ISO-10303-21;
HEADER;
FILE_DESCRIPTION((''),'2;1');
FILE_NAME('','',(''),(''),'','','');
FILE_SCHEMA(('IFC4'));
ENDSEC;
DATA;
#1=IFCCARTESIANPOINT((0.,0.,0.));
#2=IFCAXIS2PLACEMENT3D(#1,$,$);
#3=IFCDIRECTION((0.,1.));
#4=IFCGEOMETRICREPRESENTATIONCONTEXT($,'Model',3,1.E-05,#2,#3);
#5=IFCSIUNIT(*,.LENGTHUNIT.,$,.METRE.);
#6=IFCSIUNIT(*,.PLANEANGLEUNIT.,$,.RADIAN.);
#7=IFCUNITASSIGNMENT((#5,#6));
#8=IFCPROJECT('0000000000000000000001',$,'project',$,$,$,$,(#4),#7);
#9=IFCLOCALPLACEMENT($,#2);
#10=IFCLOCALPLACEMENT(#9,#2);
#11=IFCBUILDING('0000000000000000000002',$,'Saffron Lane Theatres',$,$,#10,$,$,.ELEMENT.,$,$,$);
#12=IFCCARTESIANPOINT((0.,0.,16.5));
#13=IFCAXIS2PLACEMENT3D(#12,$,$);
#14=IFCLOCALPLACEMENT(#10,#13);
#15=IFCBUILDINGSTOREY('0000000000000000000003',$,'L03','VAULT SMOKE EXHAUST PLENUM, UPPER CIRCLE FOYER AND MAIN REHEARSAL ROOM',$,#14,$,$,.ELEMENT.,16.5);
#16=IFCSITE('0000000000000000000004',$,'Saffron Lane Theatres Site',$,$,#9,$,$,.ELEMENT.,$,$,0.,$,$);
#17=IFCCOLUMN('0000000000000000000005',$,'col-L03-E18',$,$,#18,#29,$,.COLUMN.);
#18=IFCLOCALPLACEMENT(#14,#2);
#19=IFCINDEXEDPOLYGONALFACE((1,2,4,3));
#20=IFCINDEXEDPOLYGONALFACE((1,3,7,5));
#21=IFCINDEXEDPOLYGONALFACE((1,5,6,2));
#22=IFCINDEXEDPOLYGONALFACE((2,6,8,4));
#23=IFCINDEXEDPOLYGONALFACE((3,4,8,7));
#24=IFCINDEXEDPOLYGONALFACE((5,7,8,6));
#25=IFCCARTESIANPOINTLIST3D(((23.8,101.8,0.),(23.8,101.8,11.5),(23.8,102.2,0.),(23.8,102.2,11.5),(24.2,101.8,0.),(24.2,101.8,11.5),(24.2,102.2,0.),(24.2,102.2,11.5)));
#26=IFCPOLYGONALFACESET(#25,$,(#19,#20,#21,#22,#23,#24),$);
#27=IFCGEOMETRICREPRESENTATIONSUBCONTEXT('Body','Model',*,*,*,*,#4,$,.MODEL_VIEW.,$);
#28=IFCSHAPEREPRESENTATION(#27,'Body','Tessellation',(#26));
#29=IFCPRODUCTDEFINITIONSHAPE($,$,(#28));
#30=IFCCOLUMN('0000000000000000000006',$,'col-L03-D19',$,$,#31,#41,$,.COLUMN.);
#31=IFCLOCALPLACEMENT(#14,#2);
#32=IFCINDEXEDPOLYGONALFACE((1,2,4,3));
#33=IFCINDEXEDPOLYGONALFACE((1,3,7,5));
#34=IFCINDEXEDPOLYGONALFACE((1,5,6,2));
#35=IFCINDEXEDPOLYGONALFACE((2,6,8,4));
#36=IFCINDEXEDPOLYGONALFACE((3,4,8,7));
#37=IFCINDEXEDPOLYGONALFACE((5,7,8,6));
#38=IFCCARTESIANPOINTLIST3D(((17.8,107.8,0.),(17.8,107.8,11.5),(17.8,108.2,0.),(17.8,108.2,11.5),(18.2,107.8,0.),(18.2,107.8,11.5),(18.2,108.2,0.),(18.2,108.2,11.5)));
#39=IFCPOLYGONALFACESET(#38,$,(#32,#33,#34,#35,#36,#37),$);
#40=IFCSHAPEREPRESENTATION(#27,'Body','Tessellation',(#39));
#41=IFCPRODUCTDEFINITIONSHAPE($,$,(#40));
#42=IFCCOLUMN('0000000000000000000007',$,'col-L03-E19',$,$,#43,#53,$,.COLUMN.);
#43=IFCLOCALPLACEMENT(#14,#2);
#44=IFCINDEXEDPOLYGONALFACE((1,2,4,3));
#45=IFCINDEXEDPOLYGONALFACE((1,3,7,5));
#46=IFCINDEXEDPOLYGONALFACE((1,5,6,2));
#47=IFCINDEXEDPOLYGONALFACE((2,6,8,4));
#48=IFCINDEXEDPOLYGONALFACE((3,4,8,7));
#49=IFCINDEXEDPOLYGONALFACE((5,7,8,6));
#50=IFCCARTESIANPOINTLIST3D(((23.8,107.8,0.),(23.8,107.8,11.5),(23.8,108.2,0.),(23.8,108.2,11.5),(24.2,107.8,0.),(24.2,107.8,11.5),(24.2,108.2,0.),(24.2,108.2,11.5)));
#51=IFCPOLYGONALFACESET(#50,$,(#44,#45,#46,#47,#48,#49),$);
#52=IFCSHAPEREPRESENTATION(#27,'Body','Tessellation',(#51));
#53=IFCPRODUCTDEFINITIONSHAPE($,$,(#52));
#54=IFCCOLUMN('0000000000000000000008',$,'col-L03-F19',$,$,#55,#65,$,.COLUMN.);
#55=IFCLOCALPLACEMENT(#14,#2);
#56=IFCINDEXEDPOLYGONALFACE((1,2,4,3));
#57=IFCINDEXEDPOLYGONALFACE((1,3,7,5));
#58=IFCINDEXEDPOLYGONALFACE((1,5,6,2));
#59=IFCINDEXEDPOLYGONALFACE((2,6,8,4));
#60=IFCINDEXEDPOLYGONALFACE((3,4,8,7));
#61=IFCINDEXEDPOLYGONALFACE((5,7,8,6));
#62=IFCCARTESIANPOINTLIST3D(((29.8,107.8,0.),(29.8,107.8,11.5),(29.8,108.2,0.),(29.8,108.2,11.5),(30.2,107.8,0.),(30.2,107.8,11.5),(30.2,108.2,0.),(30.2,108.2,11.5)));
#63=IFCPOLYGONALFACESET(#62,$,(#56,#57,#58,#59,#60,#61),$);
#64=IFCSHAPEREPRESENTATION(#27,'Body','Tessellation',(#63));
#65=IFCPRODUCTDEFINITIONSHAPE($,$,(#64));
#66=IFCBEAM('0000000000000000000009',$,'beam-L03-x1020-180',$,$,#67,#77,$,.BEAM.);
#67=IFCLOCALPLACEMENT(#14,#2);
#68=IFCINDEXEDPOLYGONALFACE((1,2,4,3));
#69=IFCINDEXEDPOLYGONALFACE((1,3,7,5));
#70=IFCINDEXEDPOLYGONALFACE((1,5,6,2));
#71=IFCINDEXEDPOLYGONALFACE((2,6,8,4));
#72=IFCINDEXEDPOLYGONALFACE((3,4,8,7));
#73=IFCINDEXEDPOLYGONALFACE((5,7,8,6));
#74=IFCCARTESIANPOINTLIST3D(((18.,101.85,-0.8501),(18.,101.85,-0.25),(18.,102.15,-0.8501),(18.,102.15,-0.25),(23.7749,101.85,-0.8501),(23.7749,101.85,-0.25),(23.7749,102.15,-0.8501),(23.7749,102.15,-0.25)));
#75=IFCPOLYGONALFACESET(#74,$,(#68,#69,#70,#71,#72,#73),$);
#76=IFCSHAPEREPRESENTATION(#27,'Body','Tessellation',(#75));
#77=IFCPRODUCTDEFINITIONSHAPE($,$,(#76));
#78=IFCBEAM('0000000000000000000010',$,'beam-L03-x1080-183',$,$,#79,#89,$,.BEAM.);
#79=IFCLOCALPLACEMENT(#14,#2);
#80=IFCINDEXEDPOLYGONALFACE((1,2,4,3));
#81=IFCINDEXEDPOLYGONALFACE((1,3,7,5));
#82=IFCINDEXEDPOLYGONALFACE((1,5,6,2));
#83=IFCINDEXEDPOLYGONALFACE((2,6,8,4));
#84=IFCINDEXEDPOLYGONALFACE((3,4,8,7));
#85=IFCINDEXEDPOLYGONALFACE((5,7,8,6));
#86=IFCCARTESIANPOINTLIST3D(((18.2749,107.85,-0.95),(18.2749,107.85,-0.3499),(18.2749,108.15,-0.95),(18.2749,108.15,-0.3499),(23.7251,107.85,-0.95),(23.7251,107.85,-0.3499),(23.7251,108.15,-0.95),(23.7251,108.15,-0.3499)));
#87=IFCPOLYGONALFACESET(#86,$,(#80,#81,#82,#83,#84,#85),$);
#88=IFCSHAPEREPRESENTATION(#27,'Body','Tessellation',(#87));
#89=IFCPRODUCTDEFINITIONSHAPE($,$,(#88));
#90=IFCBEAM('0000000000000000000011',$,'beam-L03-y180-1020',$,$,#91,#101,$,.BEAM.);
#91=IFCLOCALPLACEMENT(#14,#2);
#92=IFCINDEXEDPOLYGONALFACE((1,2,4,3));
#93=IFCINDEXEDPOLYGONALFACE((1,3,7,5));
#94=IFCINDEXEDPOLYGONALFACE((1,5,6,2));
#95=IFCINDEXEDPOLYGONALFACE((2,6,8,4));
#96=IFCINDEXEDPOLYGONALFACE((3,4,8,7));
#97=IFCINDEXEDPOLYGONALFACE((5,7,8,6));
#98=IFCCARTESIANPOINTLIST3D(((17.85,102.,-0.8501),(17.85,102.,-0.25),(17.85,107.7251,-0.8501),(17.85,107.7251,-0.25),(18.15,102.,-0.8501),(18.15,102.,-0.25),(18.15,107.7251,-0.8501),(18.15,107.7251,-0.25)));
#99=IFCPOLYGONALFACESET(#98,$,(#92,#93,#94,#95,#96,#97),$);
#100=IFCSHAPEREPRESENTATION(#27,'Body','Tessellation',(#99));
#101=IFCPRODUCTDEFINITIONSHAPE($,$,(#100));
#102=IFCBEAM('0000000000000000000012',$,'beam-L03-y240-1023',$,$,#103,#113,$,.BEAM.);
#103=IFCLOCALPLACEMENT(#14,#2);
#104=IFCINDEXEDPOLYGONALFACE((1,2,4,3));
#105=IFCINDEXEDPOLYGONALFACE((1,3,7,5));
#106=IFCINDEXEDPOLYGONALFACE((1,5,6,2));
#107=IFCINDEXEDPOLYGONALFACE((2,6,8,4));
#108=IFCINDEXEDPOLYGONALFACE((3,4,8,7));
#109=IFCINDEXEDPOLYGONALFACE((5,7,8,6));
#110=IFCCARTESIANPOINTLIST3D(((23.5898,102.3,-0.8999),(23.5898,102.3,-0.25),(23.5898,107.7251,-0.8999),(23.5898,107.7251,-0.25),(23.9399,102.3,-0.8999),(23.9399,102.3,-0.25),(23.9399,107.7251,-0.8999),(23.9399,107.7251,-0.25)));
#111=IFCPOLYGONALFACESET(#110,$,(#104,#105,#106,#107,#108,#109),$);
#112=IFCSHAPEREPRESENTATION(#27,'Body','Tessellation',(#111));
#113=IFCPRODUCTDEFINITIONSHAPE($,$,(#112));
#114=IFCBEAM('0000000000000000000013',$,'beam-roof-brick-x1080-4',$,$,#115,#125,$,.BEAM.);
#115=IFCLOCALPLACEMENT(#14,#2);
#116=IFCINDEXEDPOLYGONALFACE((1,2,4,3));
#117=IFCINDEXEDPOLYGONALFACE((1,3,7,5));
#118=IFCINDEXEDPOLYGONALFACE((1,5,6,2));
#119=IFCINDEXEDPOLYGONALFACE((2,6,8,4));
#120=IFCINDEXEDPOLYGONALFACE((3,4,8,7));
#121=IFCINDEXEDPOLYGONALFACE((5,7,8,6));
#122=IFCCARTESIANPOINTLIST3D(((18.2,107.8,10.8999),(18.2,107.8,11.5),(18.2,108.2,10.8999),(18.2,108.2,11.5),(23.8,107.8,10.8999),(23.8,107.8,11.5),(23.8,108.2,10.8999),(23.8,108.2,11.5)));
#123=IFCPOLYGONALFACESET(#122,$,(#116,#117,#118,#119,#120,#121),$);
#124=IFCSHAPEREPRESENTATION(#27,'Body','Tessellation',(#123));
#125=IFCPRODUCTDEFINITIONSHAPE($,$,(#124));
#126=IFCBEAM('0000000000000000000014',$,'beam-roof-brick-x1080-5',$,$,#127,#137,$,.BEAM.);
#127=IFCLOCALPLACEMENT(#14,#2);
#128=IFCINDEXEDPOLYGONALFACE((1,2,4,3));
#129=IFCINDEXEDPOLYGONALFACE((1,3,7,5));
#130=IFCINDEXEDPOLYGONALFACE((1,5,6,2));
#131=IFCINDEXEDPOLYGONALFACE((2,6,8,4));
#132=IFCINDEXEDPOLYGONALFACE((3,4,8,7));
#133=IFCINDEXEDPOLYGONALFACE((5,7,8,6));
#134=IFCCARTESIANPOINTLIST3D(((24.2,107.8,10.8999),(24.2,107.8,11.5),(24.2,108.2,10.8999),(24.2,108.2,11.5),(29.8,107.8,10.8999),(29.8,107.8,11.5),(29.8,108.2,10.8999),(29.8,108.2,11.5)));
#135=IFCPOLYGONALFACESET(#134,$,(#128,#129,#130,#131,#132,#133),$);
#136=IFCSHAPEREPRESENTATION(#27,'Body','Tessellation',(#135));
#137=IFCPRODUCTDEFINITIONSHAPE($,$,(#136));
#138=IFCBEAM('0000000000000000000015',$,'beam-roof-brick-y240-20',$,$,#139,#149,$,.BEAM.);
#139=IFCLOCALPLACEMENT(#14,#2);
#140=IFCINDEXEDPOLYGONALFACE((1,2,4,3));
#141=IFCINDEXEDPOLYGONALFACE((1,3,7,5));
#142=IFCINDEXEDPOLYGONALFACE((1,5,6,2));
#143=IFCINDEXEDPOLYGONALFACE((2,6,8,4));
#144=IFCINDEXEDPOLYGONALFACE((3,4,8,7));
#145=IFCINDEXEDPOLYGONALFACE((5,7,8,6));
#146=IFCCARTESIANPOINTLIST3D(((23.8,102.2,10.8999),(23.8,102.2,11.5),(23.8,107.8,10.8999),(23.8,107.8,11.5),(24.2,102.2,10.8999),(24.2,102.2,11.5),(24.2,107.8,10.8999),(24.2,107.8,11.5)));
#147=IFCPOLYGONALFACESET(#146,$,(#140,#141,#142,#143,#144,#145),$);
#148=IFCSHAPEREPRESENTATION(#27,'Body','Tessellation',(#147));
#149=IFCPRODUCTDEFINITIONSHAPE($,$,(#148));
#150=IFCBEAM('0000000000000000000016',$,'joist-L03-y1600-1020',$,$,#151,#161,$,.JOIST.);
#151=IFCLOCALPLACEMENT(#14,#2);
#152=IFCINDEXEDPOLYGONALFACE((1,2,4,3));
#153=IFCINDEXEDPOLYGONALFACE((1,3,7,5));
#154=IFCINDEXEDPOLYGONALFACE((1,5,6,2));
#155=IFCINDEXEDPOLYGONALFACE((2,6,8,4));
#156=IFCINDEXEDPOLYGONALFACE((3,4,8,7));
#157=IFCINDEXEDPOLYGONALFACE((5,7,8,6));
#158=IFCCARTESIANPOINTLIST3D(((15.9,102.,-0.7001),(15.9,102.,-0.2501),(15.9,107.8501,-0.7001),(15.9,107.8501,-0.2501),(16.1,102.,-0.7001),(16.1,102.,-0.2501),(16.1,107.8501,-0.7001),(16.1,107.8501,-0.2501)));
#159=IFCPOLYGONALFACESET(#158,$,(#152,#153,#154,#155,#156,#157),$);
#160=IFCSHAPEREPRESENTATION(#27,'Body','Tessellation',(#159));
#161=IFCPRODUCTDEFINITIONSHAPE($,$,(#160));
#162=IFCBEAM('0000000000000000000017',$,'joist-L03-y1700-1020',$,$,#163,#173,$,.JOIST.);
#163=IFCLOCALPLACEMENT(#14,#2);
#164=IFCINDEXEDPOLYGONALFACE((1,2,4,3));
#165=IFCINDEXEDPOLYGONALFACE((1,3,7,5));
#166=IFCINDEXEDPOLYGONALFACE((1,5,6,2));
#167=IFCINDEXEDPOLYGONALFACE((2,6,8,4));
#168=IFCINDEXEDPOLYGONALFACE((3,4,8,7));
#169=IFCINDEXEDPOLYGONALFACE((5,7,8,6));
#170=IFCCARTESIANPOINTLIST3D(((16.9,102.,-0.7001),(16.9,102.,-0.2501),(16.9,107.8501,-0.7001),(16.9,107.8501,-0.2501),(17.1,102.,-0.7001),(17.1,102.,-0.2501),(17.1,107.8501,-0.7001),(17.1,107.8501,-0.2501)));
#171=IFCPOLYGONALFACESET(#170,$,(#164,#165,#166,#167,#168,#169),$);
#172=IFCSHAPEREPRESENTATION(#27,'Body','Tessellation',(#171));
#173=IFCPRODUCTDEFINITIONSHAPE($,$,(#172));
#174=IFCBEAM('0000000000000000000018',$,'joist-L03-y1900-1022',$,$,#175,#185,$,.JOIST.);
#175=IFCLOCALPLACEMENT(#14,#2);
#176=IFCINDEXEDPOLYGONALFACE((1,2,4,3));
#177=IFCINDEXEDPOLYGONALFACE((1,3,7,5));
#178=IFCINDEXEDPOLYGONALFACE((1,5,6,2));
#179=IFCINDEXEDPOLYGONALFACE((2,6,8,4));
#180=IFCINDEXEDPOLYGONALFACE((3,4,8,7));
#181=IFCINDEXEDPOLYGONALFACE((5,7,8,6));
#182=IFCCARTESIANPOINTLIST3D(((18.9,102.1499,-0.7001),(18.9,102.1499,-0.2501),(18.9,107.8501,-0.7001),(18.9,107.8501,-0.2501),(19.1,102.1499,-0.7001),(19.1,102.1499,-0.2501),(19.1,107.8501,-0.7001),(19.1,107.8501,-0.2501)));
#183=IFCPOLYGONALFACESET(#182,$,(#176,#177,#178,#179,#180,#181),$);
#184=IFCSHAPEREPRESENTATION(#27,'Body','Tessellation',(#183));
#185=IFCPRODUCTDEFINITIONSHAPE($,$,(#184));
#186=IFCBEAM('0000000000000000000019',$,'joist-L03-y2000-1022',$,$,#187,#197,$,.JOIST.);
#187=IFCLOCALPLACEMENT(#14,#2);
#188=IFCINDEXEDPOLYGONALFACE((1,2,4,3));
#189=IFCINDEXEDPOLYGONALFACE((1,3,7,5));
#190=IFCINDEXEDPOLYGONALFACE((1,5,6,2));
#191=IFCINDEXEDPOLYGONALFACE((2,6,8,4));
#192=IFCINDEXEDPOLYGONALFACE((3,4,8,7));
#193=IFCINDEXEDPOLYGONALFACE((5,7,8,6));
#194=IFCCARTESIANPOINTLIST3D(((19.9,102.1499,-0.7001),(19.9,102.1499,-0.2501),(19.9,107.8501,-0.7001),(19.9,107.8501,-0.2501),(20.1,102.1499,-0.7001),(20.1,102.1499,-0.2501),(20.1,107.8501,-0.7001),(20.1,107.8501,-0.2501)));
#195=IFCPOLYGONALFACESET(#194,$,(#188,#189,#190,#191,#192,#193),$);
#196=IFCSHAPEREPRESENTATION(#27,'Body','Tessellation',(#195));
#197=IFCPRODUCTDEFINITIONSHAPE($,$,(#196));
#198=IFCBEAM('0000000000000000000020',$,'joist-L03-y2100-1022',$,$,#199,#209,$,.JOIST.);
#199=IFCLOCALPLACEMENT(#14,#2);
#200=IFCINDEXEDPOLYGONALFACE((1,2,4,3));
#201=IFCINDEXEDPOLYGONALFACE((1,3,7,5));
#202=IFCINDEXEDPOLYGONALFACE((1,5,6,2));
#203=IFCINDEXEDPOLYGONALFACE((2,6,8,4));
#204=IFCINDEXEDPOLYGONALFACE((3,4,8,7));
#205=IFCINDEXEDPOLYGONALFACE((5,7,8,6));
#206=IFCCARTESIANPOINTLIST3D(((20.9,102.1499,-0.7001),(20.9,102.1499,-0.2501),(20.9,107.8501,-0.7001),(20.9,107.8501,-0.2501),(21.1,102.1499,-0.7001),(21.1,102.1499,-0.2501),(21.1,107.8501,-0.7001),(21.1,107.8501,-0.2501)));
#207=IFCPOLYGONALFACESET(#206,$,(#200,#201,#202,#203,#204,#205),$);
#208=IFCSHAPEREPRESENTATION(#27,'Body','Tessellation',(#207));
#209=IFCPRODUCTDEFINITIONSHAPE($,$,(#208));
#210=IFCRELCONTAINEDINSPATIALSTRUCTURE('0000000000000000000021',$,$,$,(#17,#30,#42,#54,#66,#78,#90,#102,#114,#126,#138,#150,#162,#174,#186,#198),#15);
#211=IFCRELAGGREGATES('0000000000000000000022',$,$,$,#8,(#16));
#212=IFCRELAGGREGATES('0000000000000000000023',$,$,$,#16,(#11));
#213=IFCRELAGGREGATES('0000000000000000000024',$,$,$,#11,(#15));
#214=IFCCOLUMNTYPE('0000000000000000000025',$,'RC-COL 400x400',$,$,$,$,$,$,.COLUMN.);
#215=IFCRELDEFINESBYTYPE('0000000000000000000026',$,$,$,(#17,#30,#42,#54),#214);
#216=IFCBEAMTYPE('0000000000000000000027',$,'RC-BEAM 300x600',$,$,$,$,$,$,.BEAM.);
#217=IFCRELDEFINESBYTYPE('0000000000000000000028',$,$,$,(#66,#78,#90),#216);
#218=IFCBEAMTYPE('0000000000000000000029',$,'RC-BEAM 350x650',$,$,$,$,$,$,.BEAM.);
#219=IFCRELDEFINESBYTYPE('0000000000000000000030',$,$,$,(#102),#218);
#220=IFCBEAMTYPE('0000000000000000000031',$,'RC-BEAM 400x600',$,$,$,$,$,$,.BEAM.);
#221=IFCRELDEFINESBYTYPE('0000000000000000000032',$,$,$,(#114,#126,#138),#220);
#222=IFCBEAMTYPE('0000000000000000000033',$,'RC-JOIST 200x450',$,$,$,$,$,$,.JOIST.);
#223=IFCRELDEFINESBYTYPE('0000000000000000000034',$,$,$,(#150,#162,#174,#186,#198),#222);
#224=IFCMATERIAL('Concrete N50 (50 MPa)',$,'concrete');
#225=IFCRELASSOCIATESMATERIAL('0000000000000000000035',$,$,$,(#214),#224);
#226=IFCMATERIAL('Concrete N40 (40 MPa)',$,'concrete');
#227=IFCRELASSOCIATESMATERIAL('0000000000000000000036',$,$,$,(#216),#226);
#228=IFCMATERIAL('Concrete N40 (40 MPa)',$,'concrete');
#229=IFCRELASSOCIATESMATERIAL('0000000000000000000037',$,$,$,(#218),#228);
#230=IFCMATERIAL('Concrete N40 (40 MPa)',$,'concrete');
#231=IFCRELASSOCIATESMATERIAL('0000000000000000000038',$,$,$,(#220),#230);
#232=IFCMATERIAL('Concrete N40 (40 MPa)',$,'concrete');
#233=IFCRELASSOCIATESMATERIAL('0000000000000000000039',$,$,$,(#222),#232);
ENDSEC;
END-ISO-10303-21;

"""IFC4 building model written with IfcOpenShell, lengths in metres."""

from ifc_helpers import new_model, si_unit, direction, frame, origin, origin_2d, place, context, subcontext, project, spatial, rectangle, extrude, material, material_profile, profile_set, type_object, element, save


model = new_model("IFC4")

# Units and contexts
model_context = context("Model", 3, precision=1e-05, world=origin(), true_north=direction((0.0, 1.0)))
body_context = subcontext(model_context, "Body", "Model", "MODEL_VIEW")
ifc_project = project(units=[si_unit("LENGTHUNIT", "METRE"), si_unit("PLANEANGLEUNIT", "RADIAN")], contexts=[model_context])

# Site, building, storey
site_placement = place(None, origin())
site = spatial("IfcSite", under=ifc_project, at=site_placement, Name="Saffron Lane Theatres Site", CompositionType="ELEMENT", RefElevation=0.0)
building_placement = place(site_placement, origin())
building = spatial("IfcBuilding", under=site, at=building_placement, Name="Saffron Lane Theatres", CompositionType="ELEMENT")
storey_placement = place(building_placement, frame((0.0, 0.0, 16.5)))
storey = spatial("IfcBuildingStorey", under=building, at=storey_placement, Name="L03", Description="VAULT SMOKE EXHAUST PLENUM, UPPER CIRCLE FOYER AND MAIN REHEARSAL ROOM", CompositionType="ELEMENT", Elevation=16.5)

# Columns
ifc_material_1 = material(Name="Concrete N50 (50 MPa)", Category="concrete")
ifc_material_profile_1 = material_profile(ifc_material_1, rectangle(XDim=0.3999, YDim=0.3999, at=origin_2d()))
ifc_profile_set_1 = profile_set([ifc_material_profile_1], Name="Concrete N50 (50 MPa)")
column_type = type_object("IfcColumnType", Name="RC-COL 400x400", PredefinedType="COLUMN", material=ifc_profile_set_1)
for number, where, z_axis, x_axis, name in (
    (1, (24.0, 102.0, 0.0), (0.0, 0.0, 1.0), (1.0, 0.0, 0.0), "col-L03-E18"),
    (2, (18.0, 108.0, 0.0), (0.0, 0.0, 1.0), (1.0, 0.0, 0.0), "col-L03-D19"),
    (3, (24.0, 108.0, 0.0), (0.0, 0.0, 1.0), (1.0, 0.0, 0.0), "col-L03-E19"),
    (4, (30.0, 108.0, 0.0), (0.0, 0.0, 1.0), (1.0, 0.0, 0.0), "col-L03-F19"),
):
    element("IfcColumn", number, at=place(storey_placement, frame(where, z_axis=z_axis, x_axis=x_axis)), inside=storey, type_object=column_type, Name=name, PredefinedType="COLUMN", context=body_context, shape_type="SweptSolid", body=[
        extrude(rectangle(XDim=0.3999, YDim=0.3999, at=origin_2d()), origin(), (0.0, 0.0, 1.0), 11.5),
    ])

# Beams
ifc_material_2 = material(Name="Concrete N40 (40 MPa)", Category="concrete")
ifc_material_profile_2 = material_profile(ifc_material_2, rectangle(XDim=0.3, YDim=0.6001, at=origin_2d()))
ifc_profile_set_2 = profile_set([ifc_material_profile_2], Name="Concrete N40 (40 MPa)")
beam_type_1 = type_object("IfcBeamType", Name="RC-BEAM 300x600", PredefinedType="BEAM", material=ifc_profile_set_2)
beam_1_placement = place(storey_placement, frame((18.0, 102.0, -0.55), z_axis=(1.0, 0.0, 0.0), x_axis=(0.0, 1.0, 0.0)))
element("IfcBeam", 5, at=beam_1_placement, inside=storey, type_object=beam_type_1, Name="beam-L03-x1020-180", PredefinedType="BEAM", context=body_context, shape_type="SweptSolid", body=[
    extrude(rectangle(XDim=0.3, YDim=0.6001, at=origin_2d()), origin(), (0.0, 0.0, 1.0), 5.7749),
])
beam_2_placement = place(storey_placement, frame((18.2749, 108.0, -0.6499), z_axis=(1.0, 0.0, 0.0), x_axis=(0.0, 1.0, 0.0)))
element("IfcBeam", 6, at=beam_2_placement, inside=storey, type_object=beam_type_1, Name="beam-L03-x1080-183", PredefinedType="BEAM", context=body_context, shape_type="SweptSolid", body=[
    extrude(rectangle(XDim=0.3, YDim=0.6001, at=origin_2d()), origin(), (0.0, 0.0, 1.0), 5.4502),
])
beam_3_placement = place(storey_placement, frame((18.0, 102.0, -0.55), z_axis=(0.0, 1.0, 0.0), x_axis=(-1.0, 0.0, 0.0)))
element("IfcBeam", 7, at=beam_3_placement, inside=storey, type_object=beam_type_1, Name="beam-L03-y180-1020", PredefinedType="BEAM", context=body_context, shape_type="SweptSolid", body=[
    extrude(rectangle(XDim=0.3, YDim=0.6001, at=origin_2d()), origin(), (0.0, 0.0, 1.0), 5.7251),
])
ifc_material_3 = material(Name="Concrete N40 (40 MPa)", Category="concrete")
ifc_material_profile_3 = material_profile(ifc_material_3, rectangle(XDim=0.3501, YDim=0.6499, at=origin_2d()))
ifc_profile_set_3 = profile_set([ifc_material_profile_3], Name="Concrete N40 (40 MPa)")
beam_type_2 = type_object("IfcBeamType", Name="RC-BEAM 350x650", PredefinedType="BEAM", material=ifc_profile_set_3)
beam_4_placement = place(storey_placement, frame((23.7649, 102.3, -0.575), z_axis=(0.0, 1.0, 0.0), x_axis=(-1.0, 0.0, 0.0)))
element("IfcBeam", 8, at=beam_4_placement, inside=storey, type_object=beam_type_2, Name="beam-L03-y240-1023", PredefinedType="BEAM", context=body_context, shape_type="SweptSolid", body=[
    extrude(rectangle(XDim=0.3501, YDim=0.6499, at=origin_2d()), origin(), (0.0, 0.0, 1.0), 5.425),
])
ifc_material_4 = material(Name="Concrete N40 (40 MPa)", Category="concrete")
ifc_material_profile_4 = material_profile(ifc_material_4, rectangle(XDim=0.3999, YDim=0.6001, at=origin_2d()))
ifc_profile_set_4 = profile_set([ifc_material_profile_4], Name="Concrete N40 (40 MPa)")
beam_type_3 = type_object("IfcBeamType", Name="RC-BEAM 400x600", PredefinedType="BEAM", material=ifc_profile_set_4)
for number, where, z_axis, x_axis, name in (
    (9, (18.2, 108.0, 11.2), (1.0, 0.0, 0.0), (0.0, 1.0, 0.0), "beam-roof-brick-x1080-4"),
    (10, (24.2, 108.0, 11.2), (1.0, 0.0, 0.0), (0.0, 1.0, 0.0), "beam-roof-brick-x1080-5"),
    (11, (24.0, 102.2, 11.2), (0.0, 1.0, 0.0), (-1.0, 0.0, 0.0), "beam-roof-brick-y240-20"),
):
    element("IfcBeam", number, at=place(storey_placement, frame(where, z_axis=z_axis, x_axis=x_axis)), inside=storey, type_object=beam_type_3, Name=name, PredefinedType="BEAM", context=body_context, shape_type="SweptSolid", body=[
        extrude(rectangle(XDim=0.3999, YDim=0.6001, at=origin_2d()), origin(), (0.0, 0.0, 1.0), 5.6001),
    ])
ifc_material_5 = material(Name="Concrete N40 (40 MPa)", Category="concrete")
ifc_material_profile_5 = material_profile(ifc_material_5, rectangle(XDim=0.2, YDim=0.45, at=origin_2d()))
ifc_profile_set_5 = profile_set([ifc_material_profile_5], Name="Concrete N40 (40 MPa)")
beam_type_4 = type_object("IfcBeamType", Name="RC-JOIST 200x450", PredefinedType="JOIST", material=ifc_profile_set_5)
for number, where, z_axis, x_axis, name in (
    (12, (16.0, 102.0, -0.4751), (0.0, 1.0, 0.0), (-1.0, 0.0, 0.0), "joist-L03-y1600-1020"),
    (13, (17.0, 102.0, -0.4751), (0.0, 1.0, 0.0), (-1.0, 0.0, 0.0), "joist-L03-y1700-1020"),
):
    element("IfcBeam", number, at=place(storey_placement, frame(where, z_axis=z_axis, x_axis=x_axis)), inside=storey, type_object=beam_type_4, Name=name, PredefinedType="JOIST", context=body_context, shape_type="SweptSolid", body=[
        extrude(rectangle(XDim=0.2, YDim=0.45, at=origin_2d()), origin(), (0.0, 0.0, 1.0), 5.8501),
    ])
for number, where, z_axis, x_axis, name in (
    (14, (19.0, 102.1499, -0.4751), (0.0, 1.0, 0.0), (-1.0, 0.0, 0.0), "joist-L03-y1900-1022"),
    (15, (20.0, 102.1499, -0.4751), (0.0, 1.0, 0.0), (-1.0, 0.0, 0.0), "joist-L03-y2000-1022"),
    (16, (21.0, 102.1499, -0.4751), (0.0, 1.0, 0.0), (-1.0, 0.0, 0.0), "joist-L03-y2100-1022"),
):
    element("IfcBeam", number, at=place(storey_placement, frame(where, z_axis=z_axis, x_axis=x_axis)), inside=storey, type_object=beam_type_4, Name=name, PredefinedType="JOIST", context=body_context, shape_type="SweptSolid", body=[
        extrude(rectangle(XDim=0.2, YDim=0.45, at=origin_2d()), origin(), (0.0, 0.0, 1.0), 5.7002),
    ])

save(model, "model.ifc")
